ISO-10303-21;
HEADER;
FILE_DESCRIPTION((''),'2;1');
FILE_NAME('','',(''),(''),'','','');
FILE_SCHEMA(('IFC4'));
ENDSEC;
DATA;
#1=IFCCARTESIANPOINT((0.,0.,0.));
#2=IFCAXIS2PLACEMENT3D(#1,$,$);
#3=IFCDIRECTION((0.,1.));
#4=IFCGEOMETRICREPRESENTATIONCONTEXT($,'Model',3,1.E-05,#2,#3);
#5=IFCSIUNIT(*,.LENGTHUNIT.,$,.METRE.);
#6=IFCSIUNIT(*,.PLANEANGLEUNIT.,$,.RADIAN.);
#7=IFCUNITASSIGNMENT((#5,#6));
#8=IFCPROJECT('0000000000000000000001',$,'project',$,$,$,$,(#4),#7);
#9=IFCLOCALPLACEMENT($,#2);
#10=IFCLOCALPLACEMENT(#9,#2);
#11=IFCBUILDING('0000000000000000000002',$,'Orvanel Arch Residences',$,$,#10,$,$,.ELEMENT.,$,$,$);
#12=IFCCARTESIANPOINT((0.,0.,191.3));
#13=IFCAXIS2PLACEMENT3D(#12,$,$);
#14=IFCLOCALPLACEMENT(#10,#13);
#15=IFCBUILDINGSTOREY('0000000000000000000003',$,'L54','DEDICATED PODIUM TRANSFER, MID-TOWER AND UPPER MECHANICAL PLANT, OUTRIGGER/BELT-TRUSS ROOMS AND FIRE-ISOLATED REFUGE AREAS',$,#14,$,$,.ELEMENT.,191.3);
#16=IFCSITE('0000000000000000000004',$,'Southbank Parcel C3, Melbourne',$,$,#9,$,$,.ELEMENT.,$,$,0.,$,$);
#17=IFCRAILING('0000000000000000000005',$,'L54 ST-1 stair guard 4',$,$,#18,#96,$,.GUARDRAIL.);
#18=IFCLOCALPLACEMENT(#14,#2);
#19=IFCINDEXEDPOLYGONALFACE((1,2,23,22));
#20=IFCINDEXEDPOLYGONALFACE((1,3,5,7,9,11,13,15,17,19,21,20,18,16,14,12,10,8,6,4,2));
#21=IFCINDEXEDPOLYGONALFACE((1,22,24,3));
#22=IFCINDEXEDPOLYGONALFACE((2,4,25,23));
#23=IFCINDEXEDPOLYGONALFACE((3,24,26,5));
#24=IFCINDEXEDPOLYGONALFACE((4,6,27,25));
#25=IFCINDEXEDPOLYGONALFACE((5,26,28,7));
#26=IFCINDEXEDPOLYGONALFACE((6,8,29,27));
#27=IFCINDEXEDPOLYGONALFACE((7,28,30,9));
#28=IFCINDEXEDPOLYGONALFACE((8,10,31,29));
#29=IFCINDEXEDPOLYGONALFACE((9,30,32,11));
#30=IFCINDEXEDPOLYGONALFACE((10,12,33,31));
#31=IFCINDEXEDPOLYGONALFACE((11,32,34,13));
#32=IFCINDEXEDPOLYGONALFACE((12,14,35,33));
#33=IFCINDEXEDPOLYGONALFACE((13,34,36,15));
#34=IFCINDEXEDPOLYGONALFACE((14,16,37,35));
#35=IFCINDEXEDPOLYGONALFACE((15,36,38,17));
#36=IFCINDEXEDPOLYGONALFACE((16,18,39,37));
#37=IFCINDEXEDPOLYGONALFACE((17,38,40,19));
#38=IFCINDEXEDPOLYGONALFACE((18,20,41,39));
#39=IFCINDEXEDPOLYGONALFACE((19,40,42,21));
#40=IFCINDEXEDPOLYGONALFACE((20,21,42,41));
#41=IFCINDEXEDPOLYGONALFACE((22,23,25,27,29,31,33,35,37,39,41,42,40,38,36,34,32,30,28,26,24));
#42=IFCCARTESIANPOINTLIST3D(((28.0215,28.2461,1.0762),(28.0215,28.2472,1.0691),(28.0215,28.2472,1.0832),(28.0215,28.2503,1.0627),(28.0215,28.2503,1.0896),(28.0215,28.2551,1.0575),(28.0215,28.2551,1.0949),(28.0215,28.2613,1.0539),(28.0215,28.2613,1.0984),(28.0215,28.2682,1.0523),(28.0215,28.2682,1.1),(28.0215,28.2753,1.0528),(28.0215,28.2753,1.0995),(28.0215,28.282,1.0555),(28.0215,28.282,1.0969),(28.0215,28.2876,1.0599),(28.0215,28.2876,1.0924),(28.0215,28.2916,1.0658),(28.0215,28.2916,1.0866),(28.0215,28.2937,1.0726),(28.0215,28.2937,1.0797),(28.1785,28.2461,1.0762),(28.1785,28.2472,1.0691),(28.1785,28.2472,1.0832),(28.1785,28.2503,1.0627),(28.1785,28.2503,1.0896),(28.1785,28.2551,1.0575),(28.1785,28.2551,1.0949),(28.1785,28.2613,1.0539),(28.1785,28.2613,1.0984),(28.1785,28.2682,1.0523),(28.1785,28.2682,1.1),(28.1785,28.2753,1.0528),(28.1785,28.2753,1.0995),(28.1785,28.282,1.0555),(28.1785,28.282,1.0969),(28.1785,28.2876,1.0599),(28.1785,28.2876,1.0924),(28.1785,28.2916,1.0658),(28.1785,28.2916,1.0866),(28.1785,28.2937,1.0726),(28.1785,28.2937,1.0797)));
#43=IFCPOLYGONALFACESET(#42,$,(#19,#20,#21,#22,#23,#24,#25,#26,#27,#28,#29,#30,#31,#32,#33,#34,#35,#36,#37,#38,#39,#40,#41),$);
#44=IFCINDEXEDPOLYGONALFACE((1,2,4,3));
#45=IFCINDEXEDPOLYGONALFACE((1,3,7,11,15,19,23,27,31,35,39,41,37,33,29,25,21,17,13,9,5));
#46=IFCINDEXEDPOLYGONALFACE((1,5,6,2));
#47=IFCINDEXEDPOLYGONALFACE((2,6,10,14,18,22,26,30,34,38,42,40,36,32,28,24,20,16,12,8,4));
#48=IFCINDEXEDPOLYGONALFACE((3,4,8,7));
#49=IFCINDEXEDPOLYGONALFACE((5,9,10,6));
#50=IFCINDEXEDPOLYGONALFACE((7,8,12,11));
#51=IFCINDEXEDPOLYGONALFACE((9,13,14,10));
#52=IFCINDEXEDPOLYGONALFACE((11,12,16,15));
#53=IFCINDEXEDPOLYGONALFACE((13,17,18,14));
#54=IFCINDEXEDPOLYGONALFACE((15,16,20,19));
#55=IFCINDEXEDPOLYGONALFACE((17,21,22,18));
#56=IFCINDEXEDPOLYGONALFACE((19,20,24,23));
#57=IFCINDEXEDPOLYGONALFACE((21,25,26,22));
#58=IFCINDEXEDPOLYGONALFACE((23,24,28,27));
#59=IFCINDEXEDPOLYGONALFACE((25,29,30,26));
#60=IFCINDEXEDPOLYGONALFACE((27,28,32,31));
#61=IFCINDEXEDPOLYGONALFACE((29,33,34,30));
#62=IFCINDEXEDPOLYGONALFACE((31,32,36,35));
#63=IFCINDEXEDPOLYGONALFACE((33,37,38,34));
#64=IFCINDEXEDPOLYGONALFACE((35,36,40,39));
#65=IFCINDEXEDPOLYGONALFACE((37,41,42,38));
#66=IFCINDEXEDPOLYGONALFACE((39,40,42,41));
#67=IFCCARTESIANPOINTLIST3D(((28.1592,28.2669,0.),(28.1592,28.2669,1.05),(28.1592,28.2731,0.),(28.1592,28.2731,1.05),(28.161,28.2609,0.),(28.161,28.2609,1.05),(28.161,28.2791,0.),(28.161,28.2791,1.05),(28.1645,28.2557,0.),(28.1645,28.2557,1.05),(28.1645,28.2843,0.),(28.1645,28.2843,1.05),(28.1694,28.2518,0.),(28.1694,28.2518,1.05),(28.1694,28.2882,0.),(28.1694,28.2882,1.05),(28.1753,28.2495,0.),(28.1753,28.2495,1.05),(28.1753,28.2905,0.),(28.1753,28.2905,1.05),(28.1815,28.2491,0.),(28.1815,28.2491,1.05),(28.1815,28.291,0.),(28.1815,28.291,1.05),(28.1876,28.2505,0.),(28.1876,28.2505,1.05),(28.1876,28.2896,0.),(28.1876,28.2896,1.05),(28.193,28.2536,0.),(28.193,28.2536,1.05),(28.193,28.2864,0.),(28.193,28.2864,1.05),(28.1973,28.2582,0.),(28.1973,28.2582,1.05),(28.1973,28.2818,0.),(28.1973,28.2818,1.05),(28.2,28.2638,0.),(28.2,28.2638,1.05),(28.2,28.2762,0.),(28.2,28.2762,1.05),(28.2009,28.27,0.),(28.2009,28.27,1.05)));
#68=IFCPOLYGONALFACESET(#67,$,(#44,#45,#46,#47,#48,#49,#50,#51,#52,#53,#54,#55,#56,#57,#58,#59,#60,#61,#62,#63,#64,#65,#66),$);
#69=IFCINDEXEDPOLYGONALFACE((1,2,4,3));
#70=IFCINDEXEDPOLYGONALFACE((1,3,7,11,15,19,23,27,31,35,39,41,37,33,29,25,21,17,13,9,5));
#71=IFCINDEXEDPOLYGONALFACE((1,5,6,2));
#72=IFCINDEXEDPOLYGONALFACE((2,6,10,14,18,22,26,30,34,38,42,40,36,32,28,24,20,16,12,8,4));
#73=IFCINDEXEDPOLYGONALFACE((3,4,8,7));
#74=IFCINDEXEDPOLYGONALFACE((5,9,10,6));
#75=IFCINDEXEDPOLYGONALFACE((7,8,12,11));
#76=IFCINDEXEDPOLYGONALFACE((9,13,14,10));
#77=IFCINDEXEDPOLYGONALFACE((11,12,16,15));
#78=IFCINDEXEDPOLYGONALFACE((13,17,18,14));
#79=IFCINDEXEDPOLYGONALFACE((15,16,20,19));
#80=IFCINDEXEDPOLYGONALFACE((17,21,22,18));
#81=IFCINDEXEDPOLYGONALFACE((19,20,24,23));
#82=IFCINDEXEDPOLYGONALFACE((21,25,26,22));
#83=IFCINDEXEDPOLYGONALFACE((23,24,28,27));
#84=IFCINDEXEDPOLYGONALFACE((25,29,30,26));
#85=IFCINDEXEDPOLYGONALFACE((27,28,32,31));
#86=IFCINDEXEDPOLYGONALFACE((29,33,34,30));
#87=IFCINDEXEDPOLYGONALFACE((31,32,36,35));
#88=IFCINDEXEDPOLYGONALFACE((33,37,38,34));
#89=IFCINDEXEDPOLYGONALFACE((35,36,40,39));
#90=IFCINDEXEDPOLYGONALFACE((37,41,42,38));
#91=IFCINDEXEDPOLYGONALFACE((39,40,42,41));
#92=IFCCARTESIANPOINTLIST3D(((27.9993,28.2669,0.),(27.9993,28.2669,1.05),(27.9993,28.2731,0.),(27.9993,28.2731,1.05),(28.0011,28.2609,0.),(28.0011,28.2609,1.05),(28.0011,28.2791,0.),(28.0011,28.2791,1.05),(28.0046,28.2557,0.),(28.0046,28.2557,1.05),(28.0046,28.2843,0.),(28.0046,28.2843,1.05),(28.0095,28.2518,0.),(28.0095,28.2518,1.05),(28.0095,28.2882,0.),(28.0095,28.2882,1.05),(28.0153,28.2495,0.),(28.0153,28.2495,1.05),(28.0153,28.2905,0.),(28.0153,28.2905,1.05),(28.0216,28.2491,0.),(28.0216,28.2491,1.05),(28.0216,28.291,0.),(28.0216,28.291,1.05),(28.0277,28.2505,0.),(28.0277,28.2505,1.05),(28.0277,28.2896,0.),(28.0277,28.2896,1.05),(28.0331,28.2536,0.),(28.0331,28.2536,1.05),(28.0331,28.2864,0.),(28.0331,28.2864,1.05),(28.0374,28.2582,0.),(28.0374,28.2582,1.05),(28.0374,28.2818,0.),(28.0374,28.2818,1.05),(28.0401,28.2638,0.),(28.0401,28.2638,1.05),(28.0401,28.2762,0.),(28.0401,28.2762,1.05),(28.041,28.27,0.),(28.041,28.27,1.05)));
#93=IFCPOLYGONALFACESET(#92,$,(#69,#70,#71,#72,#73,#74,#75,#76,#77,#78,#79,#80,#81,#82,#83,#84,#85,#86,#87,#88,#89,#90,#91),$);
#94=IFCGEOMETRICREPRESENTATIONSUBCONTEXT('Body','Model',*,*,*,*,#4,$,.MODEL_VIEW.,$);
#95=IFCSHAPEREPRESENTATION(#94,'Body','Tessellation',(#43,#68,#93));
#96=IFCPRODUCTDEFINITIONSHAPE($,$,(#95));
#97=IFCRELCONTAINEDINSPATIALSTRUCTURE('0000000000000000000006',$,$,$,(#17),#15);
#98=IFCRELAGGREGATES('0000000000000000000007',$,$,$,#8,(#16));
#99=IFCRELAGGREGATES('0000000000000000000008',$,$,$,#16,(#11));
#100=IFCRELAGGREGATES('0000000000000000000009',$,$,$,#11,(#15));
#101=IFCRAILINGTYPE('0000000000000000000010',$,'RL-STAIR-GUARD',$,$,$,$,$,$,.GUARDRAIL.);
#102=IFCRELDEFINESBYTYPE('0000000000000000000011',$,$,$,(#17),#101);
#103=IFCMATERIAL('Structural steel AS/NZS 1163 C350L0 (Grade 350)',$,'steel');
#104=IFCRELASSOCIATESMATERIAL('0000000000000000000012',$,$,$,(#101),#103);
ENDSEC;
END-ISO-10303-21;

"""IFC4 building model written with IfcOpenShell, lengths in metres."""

from ifc_helpers import new_model, si_unit, direction, frame, origin, origin_2d, place, context, subcontext, project, spatial, circle, extrude, material, type_object, element, save


model = new_model("IFC4")

# Units and contexts
model_context = context("Model", 3, precision=1e-05, world=origin(), true_north=direction((0.0, 1.0)))
body_context = subcontext(model_context, "Body", "Model", "MODEL_VIEW")
ifc_project = project(units=[si_unit("LENGTHUNIT", "METRE"), si_unit("PLANEANGLEUNIT", "RADIAN")], contexts=[model_context])

# Site, building, storey
site_placement = place(None, origin())
site = spatial("IfcSite", under=ifc_project, at=site_placement, Name="Southbank Parcel C3, Melbourne", CompositionType="ELEMENT", RefElevation=0.0)
building_placement = place(site_placement, origin())
building = spatial("IfcBuilding", under=site, at=building_placement, Name="Orvanel Arch Residences", CompositionType="ELEMENT")
storey_placement = place(building_placement, frame((0.0, 0.0, 191.3)))
storey = spatial("IfcBuildingStorey", under=building, at=storey_placement, Name="L54", Description="DEDICATED PODIUM TRANSFER, MID-TOWER AND UPPER MECHANICAL PLANT, OUTRIGGER/BELT-TRUSS ROOMS AND FIRE-ISOLATED REFUGE AREAS", CompositionType="ELEMENT", Elevation=191.3)

# Railing
ifc_material_1 = material(Name="Structural steel AS/NZS 1163 C350L0 (Grade 350)", Category="steel")
railing_type_1 = type_object("IfcRailingType", Name="RL-STAIR-GUARD", PredefinedType="GUARDRAIL", material=ifc_material_1)
railing_1_placement = place(storey_placement, frame((28.1799, 28.27, 0.0)))
element("IfcRailing", 1, at=railing_1_placement, inside=storey, type_object=railing_type_1, Name="L54 ST-1 stair guard 4", PredefinedType="GUARDRAIL", context=body_context, shape_type="SweptSolid", body=[
    extrude(circle(Radius=0.0239, at=origin_2d()), frame((-0.0015, 0.0, 1.0762), z_axis=(-1.0, 0.0, 0.0), x_axis=(0.0, -1.0, 0.0)), (0.0, 0.0, 1.0), 0.157),
    extrude(circle(Radius=0.021, at=origin_2d()), origin(), (0.0, 0.0, 1.0), 1.05),
    extrude(circle(Radius=0.021, at=origin_2d()), frame((-0.1599, 0.0, 0.0)), (0.0, 0.0, 1.0), 1.05),
])

save(model, "model.ifc")
